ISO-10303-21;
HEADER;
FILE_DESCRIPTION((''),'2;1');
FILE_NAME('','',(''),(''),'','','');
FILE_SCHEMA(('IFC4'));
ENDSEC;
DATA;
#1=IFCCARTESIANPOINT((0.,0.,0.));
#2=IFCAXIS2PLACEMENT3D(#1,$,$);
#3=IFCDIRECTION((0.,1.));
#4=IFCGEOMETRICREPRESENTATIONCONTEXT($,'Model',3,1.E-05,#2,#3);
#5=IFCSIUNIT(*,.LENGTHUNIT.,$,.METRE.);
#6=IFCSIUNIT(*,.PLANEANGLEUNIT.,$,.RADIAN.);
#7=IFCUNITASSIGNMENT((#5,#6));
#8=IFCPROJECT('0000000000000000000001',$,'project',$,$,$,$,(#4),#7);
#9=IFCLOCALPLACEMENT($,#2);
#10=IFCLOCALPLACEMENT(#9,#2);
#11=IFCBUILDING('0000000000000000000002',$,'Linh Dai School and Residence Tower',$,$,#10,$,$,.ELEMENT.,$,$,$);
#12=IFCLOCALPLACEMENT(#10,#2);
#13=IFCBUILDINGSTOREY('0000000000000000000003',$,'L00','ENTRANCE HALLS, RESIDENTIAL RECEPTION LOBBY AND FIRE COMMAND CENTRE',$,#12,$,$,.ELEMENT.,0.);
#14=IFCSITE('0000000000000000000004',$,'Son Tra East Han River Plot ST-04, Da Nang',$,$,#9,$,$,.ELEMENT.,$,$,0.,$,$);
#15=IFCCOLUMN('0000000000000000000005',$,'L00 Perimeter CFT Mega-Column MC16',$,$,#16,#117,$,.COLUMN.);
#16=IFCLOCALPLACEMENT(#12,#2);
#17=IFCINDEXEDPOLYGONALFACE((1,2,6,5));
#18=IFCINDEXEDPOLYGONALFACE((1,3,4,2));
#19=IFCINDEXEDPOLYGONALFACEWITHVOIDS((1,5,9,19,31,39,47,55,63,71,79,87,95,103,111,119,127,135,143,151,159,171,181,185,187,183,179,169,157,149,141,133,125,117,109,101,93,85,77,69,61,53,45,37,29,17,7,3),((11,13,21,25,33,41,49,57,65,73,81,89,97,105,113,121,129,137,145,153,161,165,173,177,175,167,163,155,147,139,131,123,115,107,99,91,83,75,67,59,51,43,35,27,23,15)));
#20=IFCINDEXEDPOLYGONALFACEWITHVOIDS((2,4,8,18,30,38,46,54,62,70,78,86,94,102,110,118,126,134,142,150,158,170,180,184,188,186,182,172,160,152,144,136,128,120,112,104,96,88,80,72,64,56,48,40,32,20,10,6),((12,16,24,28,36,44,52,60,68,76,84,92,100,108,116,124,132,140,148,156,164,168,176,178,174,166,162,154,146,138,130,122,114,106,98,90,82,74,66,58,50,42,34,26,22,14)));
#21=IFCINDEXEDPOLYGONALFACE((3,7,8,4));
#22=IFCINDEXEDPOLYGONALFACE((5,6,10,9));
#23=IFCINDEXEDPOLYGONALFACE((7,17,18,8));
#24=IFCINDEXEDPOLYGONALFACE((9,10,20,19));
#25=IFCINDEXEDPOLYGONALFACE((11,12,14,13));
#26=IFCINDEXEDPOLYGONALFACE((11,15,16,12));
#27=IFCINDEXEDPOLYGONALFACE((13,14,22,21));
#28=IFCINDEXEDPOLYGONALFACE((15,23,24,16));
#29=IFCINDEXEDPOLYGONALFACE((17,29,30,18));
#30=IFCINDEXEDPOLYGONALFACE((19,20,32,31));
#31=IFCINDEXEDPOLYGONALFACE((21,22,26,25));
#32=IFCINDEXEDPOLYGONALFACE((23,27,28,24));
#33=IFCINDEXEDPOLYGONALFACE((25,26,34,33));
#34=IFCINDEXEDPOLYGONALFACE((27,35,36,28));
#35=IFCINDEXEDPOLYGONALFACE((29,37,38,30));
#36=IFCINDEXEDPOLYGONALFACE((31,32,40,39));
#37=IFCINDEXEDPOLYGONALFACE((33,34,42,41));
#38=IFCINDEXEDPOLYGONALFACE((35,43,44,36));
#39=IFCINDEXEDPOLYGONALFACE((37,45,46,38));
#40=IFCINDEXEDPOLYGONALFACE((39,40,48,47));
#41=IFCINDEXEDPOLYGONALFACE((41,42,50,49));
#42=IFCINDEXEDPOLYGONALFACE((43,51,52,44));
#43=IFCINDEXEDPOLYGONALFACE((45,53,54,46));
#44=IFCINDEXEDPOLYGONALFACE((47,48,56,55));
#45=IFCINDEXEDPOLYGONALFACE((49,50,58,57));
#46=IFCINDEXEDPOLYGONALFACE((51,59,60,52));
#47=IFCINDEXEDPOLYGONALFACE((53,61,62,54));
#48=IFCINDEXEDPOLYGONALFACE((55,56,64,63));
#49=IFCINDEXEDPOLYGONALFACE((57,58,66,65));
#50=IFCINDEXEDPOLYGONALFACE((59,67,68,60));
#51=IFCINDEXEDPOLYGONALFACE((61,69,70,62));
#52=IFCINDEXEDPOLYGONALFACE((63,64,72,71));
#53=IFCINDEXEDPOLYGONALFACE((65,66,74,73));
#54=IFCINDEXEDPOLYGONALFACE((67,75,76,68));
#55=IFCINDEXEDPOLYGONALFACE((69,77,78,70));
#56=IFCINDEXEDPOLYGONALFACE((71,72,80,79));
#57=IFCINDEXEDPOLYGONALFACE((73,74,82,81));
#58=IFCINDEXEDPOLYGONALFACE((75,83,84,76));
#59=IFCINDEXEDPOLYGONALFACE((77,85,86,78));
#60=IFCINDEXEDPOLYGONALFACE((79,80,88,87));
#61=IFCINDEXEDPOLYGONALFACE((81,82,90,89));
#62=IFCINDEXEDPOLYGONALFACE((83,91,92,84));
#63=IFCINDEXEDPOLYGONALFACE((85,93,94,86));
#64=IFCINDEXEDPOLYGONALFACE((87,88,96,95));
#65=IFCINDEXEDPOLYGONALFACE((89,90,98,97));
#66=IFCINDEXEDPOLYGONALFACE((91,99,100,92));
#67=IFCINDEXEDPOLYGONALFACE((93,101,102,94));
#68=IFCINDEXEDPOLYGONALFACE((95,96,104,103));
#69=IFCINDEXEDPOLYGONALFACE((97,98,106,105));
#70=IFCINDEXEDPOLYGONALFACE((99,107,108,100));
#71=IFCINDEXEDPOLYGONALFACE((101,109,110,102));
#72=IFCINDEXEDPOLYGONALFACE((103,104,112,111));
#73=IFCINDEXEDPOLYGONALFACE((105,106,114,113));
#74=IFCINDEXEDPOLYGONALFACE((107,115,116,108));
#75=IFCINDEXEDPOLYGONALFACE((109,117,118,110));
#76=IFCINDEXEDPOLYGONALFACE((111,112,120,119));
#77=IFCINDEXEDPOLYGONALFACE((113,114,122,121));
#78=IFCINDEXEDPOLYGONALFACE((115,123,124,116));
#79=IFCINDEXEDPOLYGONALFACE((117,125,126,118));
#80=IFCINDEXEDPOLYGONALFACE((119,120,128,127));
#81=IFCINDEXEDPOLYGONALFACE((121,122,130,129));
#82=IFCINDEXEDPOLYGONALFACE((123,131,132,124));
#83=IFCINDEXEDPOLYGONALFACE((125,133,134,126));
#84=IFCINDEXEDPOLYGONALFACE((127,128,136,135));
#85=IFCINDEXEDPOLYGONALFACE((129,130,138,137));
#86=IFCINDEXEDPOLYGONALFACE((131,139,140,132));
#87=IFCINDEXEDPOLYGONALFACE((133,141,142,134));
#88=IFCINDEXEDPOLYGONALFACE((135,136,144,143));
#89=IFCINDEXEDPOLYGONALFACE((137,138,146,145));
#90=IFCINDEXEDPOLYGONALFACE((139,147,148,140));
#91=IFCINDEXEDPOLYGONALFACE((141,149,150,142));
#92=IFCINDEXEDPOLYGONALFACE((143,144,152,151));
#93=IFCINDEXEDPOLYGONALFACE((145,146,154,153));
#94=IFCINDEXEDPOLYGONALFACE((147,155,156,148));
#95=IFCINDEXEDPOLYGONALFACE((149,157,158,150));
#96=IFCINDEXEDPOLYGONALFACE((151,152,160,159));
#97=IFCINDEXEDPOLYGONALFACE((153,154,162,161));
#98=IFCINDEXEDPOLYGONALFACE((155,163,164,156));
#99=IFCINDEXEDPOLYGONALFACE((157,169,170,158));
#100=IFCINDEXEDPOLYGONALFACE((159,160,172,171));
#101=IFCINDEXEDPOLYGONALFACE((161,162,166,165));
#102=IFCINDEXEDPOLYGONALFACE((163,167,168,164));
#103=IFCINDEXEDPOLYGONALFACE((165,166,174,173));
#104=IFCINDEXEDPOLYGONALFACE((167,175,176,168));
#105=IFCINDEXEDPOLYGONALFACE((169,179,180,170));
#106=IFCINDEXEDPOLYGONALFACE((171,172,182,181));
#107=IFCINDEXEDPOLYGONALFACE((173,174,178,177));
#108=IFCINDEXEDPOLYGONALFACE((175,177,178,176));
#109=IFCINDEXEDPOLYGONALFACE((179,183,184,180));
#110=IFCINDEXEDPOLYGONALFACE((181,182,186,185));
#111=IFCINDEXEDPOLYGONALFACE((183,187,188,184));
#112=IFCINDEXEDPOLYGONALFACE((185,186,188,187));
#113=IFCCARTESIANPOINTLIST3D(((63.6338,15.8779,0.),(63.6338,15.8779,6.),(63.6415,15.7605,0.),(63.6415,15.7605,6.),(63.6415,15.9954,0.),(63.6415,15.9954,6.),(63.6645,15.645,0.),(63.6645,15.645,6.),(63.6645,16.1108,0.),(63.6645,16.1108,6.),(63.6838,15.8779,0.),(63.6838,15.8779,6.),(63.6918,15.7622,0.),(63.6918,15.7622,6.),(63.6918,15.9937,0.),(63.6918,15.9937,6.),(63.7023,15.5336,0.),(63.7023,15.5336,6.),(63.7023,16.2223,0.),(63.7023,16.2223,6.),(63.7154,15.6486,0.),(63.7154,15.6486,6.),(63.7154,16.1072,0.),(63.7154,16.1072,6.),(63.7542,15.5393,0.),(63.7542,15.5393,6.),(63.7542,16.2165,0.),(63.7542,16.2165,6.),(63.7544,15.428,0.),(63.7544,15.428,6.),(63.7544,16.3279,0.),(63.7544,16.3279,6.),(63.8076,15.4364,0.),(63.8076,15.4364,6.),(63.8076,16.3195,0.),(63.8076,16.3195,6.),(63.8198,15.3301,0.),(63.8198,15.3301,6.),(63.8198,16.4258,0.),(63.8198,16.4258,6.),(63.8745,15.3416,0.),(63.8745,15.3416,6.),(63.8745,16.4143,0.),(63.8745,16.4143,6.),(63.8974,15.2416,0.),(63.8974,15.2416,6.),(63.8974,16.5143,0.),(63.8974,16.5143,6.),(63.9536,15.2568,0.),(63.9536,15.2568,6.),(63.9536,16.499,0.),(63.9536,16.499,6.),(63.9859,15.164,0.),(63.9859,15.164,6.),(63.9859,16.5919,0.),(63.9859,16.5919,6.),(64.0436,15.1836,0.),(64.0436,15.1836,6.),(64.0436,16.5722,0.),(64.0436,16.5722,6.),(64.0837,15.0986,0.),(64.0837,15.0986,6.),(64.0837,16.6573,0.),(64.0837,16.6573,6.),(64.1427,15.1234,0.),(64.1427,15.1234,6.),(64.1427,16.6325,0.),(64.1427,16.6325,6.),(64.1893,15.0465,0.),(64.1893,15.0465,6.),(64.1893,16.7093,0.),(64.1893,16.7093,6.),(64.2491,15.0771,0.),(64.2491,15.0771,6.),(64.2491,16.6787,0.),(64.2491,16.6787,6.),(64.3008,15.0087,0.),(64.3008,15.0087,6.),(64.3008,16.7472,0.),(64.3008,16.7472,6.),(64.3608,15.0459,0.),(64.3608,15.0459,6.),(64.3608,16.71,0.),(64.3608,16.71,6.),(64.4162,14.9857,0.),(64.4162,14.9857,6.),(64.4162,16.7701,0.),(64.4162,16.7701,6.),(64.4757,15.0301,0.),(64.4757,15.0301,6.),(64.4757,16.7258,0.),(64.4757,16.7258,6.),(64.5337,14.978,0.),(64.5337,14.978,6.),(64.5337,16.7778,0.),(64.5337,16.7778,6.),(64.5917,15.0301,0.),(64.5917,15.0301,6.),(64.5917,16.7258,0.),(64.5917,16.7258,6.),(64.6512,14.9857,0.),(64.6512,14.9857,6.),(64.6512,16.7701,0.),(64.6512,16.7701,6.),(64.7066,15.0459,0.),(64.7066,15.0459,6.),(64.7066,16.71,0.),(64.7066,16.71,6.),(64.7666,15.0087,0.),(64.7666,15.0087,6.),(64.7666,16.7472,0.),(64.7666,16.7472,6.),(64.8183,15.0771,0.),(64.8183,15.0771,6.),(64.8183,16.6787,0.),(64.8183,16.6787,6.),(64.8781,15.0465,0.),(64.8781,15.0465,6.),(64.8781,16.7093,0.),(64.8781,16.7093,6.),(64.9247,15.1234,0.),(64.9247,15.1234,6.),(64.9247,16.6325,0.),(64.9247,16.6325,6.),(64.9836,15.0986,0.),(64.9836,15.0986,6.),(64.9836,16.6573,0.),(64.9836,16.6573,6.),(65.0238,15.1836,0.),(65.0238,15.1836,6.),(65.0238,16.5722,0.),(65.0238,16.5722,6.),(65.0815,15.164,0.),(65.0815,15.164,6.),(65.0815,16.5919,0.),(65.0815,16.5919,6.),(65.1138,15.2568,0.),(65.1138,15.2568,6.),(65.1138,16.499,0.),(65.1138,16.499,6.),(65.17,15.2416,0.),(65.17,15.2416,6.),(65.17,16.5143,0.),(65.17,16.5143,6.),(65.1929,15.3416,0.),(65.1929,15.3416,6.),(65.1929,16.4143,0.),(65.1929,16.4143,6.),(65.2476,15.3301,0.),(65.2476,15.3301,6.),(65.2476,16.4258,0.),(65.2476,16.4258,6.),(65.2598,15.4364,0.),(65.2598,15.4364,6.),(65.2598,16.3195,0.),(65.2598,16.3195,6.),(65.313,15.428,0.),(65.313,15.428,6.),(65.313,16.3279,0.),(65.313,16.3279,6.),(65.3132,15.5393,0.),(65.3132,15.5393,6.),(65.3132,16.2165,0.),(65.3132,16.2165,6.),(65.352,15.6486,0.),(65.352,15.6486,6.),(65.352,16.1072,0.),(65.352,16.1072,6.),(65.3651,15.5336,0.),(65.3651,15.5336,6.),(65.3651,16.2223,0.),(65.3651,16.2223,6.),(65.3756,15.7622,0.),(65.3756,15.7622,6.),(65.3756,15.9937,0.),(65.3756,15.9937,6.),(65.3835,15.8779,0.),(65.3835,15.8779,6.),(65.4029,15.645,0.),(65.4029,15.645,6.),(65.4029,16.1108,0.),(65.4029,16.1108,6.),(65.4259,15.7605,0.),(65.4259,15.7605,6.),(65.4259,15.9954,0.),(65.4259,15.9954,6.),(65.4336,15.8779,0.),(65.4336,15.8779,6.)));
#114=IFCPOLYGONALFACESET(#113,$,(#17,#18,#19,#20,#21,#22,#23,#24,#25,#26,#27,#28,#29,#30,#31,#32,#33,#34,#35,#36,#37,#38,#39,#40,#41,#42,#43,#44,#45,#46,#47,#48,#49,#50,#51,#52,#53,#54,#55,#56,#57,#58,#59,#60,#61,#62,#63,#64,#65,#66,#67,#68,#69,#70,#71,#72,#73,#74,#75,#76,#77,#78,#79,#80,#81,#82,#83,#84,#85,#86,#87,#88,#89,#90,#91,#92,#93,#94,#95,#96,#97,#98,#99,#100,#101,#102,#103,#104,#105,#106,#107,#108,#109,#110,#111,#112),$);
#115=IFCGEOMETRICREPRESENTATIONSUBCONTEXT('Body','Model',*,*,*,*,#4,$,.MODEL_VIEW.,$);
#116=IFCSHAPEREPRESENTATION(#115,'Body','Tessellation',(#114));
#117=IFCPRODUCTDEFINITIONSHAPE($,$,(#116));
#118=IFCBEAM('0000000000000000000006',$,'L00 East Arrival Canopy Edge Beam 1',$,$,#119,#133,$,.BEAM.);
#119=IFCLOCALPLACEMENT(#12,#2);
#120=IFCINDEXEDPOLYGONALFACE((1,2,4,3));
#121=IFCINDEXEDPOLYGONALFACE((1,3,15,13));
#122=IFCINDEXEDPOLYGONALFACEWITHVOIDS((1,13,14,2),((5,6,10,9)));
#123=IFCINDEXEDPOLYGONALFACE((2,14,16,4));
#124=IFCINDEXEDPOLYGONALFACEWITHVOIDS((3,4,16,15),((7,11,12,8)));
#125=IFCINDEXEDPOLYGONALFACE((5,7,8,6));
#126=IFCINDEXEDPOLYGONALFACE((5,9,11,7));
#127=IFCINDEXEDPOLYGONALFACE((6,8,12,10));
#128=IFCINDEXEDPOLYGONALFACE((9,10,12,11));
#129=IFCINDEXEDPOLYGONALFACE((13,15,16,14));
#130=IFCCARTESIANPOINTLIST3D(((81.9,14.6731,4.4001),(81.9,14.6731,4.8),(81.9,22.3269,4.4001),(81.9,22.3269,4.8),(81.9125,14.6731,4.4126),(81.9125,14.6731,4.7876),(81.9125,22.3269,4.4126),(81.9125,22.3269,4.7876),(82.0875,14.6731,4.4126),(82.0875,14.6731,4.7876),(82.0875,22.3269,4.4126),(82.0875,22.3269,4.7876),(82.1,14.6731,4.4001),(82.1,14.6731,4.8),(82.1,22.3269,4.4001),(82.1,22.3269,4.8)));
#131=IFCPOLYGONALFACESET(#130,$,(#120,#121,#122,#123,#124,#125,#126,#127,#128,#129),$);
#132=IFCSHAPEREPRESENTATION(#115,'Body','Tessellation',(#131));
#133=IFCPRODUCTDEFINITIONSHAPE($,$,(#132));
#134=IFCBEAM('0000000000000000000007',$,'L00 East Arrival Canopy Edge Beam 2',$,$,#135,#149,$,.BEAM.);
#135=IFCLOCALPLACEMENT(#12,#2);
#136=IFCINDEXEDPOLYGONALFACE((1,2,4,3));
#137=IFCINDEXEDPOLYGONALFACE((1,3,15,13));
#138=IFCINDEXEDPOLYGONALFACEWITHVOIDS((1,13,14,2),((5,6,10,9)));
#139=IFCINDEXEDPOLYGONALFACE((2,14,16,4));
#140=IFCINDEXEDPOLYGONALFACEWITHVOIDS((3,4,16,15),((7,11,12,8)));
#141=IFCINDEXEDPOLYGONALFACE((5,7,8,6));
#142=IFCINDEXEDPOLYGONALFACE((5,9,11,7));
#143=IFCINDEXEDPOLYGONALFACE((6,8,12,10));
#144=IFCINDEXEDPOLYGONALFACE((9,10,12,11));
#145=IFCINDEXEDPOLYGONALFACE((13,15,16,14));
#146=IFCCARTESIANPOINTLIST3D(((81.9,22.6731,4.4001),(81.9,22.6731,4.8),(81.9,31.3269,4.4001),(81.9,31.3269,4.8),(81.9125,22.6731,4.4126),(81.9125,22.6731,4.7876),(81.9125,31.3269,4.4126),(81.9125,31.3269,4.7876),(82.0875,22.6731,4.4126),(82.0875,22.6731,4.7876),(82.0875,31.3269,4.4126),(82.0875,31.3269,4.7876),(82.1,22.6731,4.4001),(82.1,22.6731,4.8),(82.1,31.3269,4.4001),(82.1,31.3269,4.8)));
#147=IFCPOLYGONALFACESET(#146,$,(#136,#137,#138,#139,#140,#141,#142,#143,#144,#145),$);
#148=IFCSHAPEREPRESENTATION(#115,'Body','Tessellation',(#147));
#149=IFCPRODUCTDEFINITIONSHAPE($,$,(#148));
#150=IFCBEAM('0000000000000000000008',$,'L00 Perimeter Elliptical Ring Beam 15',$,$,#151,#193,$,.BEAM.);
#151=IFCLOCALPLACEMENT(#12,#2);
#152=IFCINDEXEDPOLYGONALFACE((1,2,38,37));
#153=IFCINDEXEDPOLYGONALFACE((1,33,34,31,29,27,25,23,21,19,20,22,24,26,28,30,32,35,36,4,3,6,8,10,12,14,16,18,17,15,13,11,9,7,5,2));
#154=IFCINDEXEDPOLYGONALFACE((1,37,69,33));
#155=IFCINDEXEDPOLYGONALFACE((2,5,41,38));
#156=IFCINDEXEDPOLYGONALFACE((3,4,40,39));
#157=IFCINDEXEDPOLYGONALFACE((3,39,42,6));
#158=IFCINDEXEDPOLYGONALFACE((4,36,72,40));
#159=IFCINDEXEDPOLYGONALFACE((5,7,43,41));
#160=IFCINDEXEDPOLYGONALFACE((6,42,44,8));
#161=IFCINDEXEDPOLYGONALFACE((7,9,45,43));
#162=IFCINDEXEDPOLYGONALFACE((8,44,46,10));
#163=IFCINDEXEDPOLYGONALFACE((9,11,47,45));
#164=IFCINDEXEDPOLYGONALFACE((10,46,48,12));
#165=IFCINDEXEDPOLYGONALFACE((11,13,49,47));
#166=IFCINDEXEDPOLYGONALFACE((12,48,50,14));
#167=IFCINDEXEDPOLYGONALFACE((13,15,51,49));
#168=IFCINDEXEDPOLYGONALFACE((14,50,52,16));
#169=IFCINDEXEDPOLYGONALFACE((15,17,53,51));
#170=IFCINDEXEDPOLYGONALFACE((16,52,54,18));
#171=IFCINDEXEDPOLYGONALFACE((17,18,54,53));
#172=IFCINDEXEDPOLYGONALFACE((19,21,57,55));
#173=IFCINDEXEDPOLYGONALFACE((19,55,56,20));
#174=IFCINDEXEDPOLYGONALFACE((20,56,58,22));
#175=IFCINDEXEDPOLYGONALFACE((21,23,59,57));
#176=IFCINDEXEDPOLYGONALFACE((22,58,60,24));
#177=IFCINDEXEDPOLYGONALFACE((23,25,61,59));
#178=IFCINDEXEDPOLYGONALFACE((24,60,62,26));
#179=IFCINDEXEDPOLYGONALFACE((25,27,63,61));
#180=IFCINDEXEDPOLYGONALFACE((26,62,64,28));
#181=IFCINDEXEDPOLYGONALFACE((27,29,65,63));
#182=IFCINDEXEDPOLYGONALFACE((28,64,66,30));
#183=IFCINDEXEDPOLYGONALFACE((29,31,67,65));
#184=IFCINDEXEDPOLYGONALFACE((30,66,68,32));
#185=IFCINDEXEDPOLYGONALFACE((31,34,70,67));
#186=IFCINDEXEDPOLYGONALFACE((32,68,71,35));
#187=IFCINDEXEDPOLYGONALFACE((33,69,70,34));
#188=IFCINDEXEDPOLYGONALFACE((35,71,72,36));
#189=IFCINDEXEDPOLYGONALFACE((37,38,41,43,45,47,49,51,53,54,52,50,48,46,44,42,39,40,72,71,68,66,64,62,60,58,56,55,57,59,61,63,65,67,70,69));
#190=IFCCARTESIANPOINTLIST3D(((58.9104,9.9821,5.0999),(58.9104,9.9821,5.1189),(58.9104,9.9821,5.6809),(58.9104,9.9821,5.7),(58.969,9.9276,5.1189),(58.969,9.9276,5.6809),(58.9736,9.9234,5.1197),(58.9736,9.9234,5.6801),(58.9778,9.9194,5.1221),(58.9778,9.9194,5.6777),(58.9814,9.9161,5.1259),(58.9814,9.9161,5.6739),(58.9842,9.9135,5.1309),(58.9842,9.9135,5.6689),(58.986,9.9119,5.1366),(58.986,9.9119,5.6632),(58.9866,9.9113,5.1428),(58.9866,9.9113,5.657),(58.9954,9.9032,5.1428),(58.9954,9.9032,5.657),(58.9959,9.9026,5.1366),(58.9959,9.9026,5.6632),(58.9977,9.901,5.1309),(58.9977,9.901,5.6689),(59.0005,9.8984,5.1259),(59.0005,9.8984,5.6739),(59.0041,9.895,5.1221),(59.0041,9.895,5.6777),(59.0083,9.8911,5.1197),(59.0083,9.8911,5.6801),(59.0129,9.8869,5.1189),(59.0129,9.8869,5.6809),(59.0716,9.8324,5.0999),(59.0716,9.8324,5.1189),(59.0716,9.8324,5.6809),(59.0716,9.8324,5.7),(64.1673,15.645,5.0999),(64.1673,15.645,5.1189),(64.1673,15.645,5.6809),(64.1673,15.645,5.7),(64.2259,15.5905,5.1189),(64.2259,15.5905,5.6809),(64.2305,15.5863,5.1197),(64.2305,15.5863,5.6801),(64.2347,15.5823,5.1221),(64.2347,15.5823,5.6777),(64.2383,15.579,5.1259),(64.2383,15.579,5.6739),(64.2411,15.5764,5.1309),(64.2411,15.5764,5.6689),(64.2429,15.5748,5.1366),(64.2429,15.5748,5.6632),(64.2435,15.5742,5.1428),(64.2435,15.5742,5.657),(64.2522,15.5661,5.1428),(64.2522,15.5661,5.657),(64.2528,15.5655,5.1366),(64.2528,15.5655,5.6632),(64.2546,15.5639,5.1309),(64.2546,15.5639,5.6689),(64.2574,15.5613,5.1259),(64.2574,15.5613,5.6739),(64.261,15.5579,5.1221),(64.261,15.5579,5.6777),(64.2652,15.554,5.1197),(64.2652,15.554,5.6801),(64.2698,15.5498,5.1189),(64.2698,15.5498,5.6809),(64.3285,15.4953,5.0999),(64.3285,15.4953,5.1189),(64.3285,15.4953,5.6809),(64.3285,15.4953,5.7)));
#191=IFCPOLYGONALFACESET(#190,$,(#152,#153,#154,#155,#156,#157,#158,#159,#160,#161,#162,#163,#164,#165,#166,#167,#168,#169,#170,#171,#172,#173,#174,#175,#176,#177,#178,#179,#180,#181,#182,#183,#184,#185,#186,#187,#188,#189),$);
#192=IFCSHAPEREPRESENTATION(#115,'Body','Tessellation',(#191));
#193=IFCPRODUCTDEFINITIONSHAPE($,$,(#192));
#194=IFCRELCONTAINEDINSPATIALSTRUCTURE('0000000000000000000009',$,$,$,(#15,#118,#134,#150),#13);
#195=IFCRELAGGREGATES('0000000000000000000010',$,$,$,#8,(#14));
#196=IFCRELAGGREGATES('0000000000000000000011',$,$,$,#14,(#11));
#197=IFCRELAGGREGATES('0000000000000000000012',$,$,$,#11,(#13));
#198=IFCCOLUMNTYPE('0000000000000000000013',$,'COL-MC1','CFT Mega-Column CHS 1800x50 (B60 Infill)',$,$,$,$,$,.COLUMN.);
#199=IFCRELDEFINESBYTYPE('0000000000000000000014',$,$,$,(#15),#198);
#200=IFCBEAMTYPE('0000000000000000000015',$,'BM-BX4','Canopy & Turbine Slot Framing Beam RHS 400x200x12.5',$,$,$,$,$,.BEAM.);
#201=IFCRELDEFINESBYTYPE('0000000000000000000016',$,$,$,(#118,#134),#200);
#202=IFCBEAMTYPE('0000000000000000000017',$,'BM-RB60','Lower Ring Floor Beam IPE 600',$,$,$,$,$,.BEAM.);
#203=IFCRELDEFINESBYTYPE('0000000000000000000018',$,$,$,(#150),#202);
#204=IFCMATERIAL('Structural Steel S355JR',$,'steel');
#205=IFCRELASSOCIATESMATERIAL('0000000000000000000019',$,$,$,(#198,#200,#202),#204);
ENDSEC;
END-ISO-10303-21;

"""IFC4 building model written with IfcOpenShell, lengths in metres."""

from ifc_helpers import new_model, si_unit, direction, frame, origin, origin_2d, place, context, subcontext, project, spatial, hollow_rectangle, hollow_circle, i_section, extrude, material, material_profile, profile_set, type_object, element, save


model = new_model("IFC4")

# Units and contexts
model_context = context("Model", 3, precision=1e-05, world=origin(), true_north=direction((0.0, 1.0)))
body_context = subcontext(model_context, "Body", "Model", "MODEL_VIEW")
ifc_project = project(units=[si_unit("LENGTHUNIT", "METRE"), si_unit("PLANEANGLEUNIT", "RADIAN")], contexts=[model_context])

# Site, building, storey
site_placement = place(None, origin())
site = spatial("IfcSite", under=ifc_project, at=site_placement, Name="Son Tra East Han River Plot ST-04, Da Nang", CompositionType="ELEMENT", RefElevation=0.0)
building_placement = place(site_placement, origin())
building = spatial("IfcBuilding", under=site, at=building_placement, Name="Linh Dai School and Residence Tower", CompositionType="ELEMENT")
storey_placement = place(building_placement, origin())
storey = spatial("IfcBuildingStorey", under=building, at=storey_placement, Name="L00", Description="ENTRANCE HALLS, RESIDENTIAL RECEPTION LOBBY AND FIRE COMMAND CENTRE", CompositionType="ELEMENT", Elevation=0.0)

# Column
ifc_material_1 = material(Name="Structural Steel S355JR", Category="steel")
ifc_material_profile_1 = material_profile(ifc_material_1, hollow_circle(Radius=0.8999, WallThickness=0.05, at=origin_2d()), Name="CHS 1800x50")
ifc_profile_set_1 = profile_set([ifc_material_profile_1], Name="Structural Steel S355JR")
column_type_1 = type_object("IfcColumnType", Name="COL-MC1", Description="CFT Mega-Column CHS 1800x50 (B60 Infill)", PredefinedType="COLUMN", material=ifc_profile_set_1)
for number, where, z_axis, x_axis, name in (
    (1, (64.5337, 15.8779, 0.0), (0.0, 0.0, 1.0), (1.0, 0.0, 0.0), "L00 Perimeter CFT Mega-Column MC16"),
):
    element("IfcColumn", number, at=place(storey_placement, frame(where, z_axis=z_axis, x_axis=x_axis)), inside=storey, type_object=column_type_1, Name=name, PredefinedType="COLUMN", context=body_context, shape_type="SweptSolid", body=[
        extrude(hollow_circle(Radius=0.8999, WallThickness=0.05, at=origin_2d()), origin(), (0.0, 0.0, 1.0), 6.0),
    ])

# Beams
ifc_material_profile_2 = material_profile(ifc_material_1, hollow_rectangle(XDim=0.2, YDim=0.3999, WallThickness=0.0125, at=origin_2d()), Name="RHS 400x200x12.5")
ifc_profile_set_2 = profile_set([ifc_material_profile_2], Name="Structural Steel S355JR")
beam_type_1 = type_object("IfcBeamType", Name="BM-BX4", Description="Canopy & Turbine Slot Framing Beam RHS 400x200x12.5", PredefinedType="BEAM", material=ifc_profile_set_2)
beam_1_placement = place(storey_placement, frame((82.0, 14.6731, 4.6001), z_axis=(0.0, 1.0, 0.0), x_axis=(-1.0, 0.0, 0.0)))
element("IfcBeam", 2, at=beam_1_placement, inside=storey, type_object=beam_type_1, Name="L00 East Arrival Canopy Edge Beam 1", PredefinedType="BEAM", context=body_context, shape_type="SweptSolid", body=[
    extrude(hollow_rectangle(XDim=0.2, YDim=0.3999, WallThickness=0.0125, at=origin_2d()), origin(), (0.0, 0.0, 1.0), 7.6538),
])
beam_2_placement = place(storey_placement, frame((82.0, 22.6731, 4.6001), z_axis=(0.0, 1.0, 0.0), x_axis=(-1.0, 0.0, 0.0)))
element("IfcBeam", 3, at=beam_2_placement, inside=storey, type_object=beam_type_1, Name="L00 East Arrival Canopy Edge Beam 2", PredefinedType="BEAM", context=body_context, shape_type="SweptSolid", body=[
    extrude(hollow_rectangle(XDim=0.2, YDim=0.3999, WallThickness=0.0125, at=origin_2d()), origin(), (0.0, 0.0, 1.0), 8.6538),
])
ifc_material_profile_3 = material_profile(ifc_material_1, i_section(OverallWidth=0.22, OverallDepth=0.6001, WebThickness=0.012, FlangeThickness=0.019, FilletRadius=0.0239, at=origin_2d()), Name="IPE 600")
ifc_profile_set_3 = profile_set([ifc_material_profile_3], Name="Structural Steel S355JR")
beam_type_2 = type_object("IfcBeamType", Name="BM-RB60", Description="Lower Ring Floor Beam IPE 600", PredefinedType="BEAM", material=ifc_profile_set_3)
beam_3_placement = place(storey_placement, frame((58.991, 9.9072, 5.3999), z_axis=(0.680346, 0.732891, 0.0), x_axis=(-0.732891, 0.680346, 0.0)))
element("IfcBeam", 4, at=beam_3_placement, inside=storey, type_object=beam_type_2, Name="L00 Perimeter Elliptical Ring Beam 15", PredefinedType="BEAM", context=body_context, shape_type="SweptSolid", body=[
    extrude(i_section(OverallWidth=0.22, OverallDepth=0.6001, WebThickness=0.012, FlangeThickness=0.019, FilletRadius=0.0239, at=origin_2d()), origin(), (0.0, 0.0, 1.0), 7.7268),
])

save(model, "model.ifc")
